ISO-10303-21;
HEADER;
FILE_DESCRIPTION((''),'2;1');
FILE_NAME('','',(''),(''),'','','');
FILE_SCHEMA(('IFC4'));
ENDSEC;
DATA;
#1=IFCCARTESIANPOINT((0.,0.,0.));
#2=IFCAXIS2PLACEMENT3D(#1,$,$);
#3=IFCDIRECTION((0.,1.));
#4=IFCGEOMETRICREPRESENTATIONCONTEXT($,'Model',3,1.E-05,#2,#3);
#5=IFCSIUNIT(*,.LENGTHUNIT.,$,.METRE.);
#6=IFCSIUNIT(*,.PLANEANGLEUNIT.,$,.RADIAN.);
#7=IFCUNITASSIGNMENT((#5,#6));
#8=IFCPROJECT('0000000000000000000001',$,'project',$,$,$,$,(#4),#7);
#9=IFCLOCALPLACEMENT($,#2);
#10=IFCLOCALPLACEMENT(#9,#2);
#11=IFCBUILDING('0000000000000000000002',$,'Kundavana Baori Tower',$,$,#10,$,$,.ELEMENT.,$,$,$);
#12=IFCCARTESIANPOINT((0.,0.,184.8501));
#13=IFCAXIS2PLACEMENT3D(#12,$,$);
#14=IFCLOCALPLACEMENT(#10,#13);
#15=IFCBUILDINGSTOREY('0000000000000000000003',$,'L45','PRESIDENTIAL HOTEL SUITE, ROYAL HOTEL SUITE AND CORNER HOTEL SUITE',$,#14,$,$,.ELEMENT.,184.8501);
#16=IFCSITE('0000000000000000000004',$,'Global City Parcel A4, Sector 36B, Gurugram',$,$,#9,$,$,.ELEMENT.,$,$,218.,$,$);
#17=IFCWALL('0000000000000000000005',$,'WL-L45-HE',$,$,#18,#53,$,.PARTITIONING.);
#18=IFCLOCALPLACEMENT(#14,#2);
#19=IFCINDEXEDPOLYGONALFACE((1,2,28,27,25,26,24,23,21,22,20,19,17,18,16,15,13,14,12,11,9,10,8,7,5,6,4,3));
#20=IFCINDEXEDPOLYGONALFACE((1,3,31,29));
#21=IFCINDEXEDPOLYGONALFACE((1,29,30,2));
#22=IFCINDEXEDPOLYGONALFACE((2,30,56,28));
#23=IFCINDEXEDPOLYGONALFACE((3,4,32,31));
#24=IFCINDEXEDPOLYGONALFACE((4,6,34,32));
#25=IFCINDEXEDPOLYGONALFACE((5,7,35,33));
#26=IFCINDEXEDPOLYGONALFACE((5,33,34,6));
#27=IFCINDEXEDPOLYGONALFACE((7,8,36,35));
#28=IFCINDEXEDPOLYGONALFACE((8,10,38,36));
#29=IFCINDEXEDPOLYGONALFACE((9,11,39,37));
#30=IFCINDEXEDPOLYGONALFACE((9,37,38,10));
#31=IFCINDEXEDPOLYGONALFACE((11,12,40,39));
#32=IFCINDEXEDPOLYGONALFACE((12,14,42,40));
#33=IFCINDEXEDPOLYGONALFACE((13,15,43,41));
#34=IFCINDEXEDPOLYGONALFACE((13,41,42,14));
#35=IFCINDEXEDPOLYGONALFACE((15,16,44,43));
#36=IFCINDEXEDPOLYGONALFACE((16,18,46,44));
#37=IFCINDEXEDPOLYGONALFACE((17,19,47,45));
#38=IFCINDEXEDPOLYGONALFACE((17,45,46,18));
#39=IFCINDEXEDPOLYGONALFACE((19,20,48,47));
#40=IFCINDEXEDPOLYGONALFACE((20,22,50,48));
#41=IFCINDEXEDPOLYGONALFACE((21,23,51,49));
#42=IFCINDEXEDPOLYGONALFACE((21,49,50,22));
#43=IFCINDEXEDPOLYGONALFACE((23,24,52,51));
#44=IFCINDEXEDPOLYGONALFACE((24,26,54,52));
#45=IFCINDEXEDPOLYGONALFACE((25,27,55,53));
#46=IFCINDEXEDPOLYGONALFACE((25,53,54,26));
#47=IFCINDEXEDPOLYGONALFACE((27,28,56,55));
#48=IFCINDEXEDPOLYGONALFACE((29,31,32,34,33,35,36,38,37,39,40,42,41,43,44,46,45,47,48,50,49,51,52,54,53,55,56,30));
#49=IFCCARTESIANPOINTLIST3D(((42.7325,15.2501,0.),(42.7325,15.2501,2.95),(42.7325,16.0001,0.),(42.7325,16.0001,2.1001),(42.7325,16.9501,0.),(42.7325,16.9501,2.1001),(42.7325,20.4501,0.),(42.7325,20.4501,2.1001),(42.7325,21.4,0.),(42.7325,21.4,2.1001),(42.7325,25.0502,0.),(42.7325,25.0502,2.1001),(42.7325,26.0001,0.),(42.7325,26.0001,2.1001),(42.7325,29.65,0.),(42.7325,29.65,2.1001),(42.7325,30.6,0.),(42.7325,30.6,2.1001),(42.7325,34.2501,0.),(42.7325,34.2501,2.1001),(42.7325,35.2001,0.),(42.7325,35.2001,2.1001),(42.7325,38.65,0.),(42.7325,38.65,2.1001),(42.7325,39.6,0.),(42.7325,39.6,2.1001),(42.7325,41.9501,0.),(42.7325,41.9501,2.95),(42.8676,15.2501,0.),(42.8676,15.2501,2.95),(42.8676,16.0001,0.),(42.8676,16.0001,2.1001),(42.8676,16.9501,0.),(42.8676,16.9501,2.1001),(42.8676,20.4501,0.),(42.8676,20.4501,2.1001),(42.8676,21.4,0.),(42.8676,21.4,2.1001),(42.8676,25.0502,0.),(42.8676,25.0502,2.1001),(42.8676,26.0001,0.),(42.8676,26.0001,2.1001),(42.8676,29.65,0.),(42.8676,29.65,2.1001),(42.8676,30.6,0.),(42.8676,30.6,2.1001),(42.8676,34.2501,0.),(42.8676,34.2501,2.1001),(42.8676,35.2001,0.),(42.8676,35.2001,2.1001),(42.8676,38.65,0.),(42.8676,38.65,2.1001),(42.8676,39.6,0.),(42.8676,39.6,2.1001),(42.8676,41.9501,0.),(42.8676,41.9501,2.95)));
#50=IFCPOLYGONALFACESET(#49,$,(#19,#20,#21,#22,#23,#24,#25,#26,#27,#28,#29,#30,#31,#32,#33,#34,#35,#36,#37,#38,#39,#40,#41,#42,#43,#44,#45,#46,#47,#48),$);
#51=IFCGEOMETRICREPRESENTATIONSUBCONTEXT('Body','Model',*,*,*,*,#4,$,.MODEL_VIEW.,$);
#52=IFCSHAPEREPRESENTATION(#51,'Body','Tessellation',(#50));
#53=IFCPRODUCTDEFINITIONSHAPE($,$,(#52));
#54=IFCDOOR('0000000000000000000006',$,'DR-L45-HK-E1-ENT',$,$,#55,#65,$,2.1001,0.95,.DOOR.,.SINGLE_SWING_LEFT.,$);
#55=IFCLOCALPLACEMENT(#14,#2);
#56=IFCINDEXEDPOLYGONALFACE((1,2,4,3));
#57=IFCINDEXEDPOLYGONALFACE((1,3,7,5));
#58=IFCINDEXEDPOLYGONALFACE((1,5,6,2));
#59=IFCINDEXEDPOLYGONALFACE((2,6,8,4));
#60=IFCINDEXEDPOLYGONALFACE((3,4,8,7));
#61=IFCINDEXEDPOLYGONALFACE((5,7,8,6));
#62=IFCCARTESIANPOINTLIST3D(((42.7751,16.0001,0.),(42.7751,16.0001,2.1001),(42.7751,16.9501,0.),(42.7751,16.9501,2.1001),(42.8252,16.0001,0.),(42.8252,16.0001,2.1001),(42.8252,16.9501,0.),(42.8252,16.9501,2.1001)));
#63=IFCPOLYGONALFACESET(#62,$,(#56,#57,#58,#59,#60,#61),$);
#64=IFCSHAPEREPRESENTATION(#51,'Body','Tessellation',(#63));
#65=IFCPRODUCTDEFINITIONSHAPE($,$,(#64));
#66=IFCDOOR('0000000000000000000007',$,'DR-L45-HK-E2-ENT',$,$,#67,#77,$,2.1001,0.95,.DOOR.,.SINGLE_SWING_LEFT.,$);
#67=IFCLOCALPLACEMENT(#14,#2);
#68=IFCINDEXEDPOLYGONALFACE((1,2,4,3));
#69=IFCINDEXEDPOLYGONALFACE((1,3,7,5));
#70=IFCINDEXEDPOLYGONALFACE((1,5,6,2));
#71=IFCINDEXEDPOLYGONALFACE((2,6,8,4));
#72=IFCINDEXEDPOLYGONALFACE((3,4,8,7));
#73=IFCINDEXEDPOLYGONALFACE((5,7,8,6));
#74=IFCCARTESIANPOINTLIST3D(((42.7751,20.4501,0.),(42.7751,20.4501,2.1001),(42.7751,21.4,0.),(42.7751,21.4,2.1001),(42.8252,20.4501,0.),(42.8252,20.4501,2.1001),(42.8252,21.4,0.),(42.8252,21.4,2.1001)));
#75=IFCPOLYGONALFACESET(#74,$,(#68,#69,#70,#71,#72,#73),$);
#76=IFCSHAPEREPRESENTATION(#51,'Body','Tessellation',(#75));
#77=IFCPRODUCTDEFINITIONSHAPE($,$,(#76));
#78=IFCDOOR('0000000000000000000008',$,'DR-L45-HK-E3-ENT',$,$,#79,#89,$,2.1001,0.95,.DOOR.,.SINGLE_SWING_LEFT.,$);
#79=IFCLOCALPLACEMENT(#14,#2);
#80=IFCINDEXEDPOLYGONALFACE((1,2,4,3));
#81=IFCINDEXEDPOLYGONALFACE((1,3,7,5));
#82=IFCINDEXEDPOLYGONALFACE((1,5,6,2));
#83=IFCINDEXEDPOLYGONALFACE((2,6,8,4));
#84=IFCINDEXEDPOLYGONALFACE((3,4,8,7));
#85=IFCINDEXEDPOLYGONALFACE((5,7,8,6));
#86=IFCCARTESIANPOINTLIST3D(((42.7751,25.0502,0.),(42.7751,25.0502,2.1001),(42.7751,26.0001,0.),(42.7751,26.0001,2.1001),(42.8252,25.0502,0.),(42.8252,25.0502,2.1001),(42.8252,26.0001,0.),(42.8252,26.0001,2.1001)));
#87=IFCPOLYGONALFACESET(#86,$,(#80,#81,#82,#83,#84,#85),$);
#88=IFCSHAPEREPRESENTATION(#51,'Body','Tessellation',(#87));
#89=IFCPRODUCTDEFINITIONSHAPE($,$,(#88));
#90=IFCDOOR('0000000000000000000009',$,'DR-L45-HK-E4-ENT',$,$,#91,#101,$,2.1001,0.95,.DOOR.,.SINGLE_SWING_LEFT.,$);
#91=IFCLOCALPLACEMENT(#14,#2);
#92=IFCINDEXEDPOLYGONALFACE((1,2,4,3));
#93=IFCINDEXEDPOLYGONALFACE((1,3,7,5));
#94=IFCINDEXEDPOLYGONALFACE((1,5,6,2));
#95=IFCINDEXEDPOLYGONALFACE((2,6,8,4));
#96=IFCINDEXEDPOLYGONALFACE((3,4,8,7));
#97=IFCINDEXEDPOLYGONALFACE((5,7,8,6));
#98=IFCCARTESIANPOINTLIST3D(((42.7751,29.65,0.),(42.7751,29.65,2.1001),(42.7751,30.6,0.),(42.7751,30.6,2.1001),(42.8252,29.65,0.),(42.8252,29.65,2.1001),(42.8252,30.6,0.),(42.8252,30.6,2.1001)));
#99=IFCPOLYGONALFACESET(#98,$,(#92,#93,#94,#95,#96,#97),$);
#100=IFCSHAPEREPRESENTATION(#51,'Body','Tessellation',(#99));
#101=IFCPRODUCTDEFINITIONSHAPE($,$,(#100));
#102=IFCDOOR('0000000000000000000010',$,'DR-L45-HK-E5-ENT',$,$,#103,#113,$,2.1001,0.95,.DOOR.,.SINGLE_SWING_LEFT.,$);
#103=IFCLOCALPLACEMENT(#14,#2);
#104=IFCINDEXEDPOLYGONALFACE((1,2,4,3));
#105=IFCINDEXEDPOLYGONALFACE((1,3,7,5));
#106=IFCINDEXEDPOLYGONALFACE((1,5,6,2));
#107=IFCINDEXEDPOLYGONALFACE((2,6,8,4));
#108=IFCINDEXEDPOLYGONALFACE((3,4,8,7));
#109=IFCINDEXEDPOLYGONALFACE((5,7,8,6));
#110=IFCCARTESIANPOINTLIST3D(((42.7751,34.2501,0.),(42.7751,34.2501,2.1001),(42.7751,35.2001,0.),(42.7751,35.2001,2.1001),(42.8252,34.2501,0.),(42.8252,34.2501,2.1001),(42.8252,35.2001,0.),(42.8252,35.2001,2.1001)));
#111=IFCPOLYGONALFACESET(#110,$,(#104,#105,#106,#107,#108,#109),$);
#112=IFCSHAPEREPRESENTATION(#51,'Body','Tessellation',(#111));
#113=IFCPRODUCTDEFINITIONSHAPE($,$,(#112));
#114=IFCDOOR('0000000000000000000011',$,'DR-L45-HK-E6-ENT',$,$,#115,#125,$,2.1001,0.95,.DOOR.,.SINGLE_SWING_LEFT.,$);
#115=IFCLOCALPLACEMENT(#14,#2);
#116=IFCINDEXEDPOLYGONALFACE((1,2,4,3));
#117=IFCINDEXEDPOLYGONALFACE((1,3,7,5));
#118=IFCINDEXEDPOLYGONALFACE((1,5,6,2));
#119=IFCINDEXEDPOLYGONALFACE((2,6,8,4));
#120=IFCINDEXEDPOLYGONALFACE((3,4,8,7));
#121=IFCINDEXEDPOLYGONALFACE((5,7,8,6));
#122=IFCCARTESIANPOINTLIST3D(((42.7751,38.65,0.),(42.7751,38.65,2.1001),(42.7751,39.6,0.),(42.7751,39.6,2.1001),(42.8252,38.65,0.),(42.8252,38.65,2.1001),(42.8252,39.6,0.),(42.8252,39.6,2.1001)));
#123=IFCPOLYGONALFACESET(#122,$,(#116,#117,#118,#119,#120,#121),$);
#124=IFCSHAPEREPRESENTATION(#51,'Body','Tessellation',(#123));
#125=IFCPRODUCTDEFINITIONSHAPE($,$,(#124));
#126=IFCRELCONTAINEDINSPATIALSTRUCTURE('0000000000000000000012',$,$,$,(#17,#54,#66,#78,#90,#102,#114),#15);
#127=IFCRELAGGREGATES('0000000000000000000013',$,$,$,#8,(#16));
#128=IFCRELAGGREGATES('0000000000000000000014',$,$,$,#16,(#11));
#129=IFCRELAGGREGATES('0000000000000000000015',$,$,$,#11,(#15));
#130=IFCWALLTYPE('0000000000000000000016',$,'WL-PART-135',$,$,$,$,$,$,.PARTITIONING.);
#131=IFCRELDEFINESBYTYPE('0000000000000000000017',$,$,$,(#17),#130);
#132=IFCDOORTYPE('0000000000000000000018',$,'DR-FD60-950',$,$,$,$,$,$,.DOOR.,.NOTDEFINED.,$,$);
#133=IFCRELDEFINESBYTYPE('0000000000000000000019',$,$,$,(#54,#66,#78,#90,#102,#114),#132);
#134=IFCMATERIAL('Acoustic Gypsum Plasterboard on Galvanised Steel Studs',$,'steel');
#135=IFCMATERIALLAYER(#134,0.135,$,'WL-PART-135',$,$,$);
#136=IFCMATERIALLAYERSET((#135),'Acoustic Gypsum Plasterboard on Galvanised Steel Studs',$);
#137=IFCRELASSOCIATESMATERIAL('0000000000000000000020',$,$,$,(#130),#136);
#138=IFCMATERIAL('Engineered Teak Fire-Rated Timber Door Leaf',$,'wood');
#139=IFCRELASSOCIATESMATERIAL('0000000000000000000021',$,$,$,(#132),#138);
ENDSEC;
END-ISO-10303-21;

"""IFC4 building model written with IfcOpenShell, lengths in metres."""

from ifc_helpers import new_model, si_unit, direction, frame, frame_2d, origin, place, context, subcontext, project, spatial, rectangle, extrude, material, layer, layer_set, type_object, element, fill, save


model = new_model("IFC4")

# Units and contexts
model_context = context("Model", 3, precision=1e-05, world=origin(), true_north=direction((0.0, 1.0)))
body_context = subcontext(model_context, "Body", "Model", "MODEL_VIEW")
ifc_project = project(units=[si_unit("LENGTHUNIT", "METRE"), si_unit("PLANEANGLEUNIT", "RADIAN")], contexts=[model_context])

# Site, building, storey
site_placement = place(None, origin())
site = spatial("IfcSite", under=ifc_project, at=site_placement, Name="Global City Parcel A4, Sector 36B, Gurugram", CompositionType="ELEMENT", RefElevation=218.0)
building_placement = place(site_placement, origin())
building = spatial("IfcBuilding", under=site, at=building_placement, Name="Kundavana Baori Tower", CompositionType="ELEMENT")
storey_placement = place(building_placement, frame((0.0, 0.0, 184.8501)))
storey = spatial("IfcBuildingStorey", under=building, at=storey_placement, Name="L45", Description="PRESIDENTIAL HOTEL SUITE, ROYAL HOTEL SUITE AND CORNER HOTEL SUITE", CompositionType="ELEMENT", Elevation=184.8501)

# Wall, openings, doors
ifc_material_1 = material(Name="Acoustic Gypsum Plasterboard on Galvanised Steel Studs", Category="steel")
ifc_layer = layer(ifc_material_1, 0.135, Name="WL-PART-135")
ifc_layer_set = layer_set([ifc_layer], Name="Acoustic Gypsum Plasterboard on Galvanised Steel Studs")
wall_type = type_object("IfcWallType", Name="WL-PART-135", PredefinedType="PARTITIONING", material=ifc_layer_set)
wall_placement = place(storey_placement, frame((42.8, 15.25, 0.0), z_axis=(0.0, 0.0, 1.0), x_axis=(0.0, 1.0, 0.0)))
wall = element("IfcWall", 1, at=wall_placement, inside=storey, type_object=wall_type, Name="WL-L45-HE", PredefinedType="PARTITIONING", context=body_context, shape_type="SweptSolid", body=[
    extrude(rectangle(XDim=26.7, YDim=0.135, at=frame_2d((13.3501, 0.0))), origin(), (0.0, 0.0, 1.0), 2.95),
])
opening_1_placement = place(wall_placement, frame((0.75, 0.0, 0.0)))
opening_1 = element("IfcOpeningElement", 2, at=opening_1_placement, cuts=wall, PredefinedType="OPENING", context=body_context, shape_type="SweptSolid", body=[
    extrude(rectangle(XDim=0.95, YDim=2.1001, at=frame_2d((0.4751, 1.05))), frame((0.0, 0.0776, 0.0), z_axis=(0.0, -1.0, 0.0), x_axis=(1.0, 0.0, 0.0)), (0.0, 0.0, 1.0), 0.155),
])
opening_2_placement = place(wall_placement, frame((5.2, 0.0, 0.0)))
opening_2 = element("IfcOpeningElement", 3, at=opening_2_placement, cuts=wall, PredefinedType="OPENING", context=body_context, shape_type="SweptSolid", body=[
    extrude(rectangle(XDim=0.95, YDim=2.1001, at=frame_2d((0.4751, 1.05))), frame((0.0, 0.0776, 0.0), z_axis=(0.0, -1.0, 0.0), x_axis=(1.0, 0.0, 0.0)), (0.0, 0.0, 1.0), 0.155),
])
opening_3_placement = place(wall_placement, frame((9.8, 0.0, 0.0)))
opening_3 = element("IfcOpeningElement", 4, at=opening_3_placement, cuts=wall, PredefinedType="OPENING", context=body_context, shape_type="SweptSolid", body=[
    extrude(rectangle(XDim=0.95, YDim=2.1001, at=frame_2d((0.4751, 1.05))), frame((0.0, 0.0776, 0.0), z_axis=(0.0, -1.0, 0.0), x_axis=(1.0, 0.0, 0.0)), (0.0, 0.0, 1.0), 0.155),
])
opening_4_placement = place(wall_placement, frame((14.3999, 0.0, 0.0)))
opening_4 = element("IfcOpeningElement", 5, at=opening_4_placement, cuts=wall, PredefinedType="OPENING", context=body_context, shape_type="SweptSolid", body=[
    extrude(rectangle(XDim=0.95, YDim=2.1001, at=frame_2d((0.4751, 1.05))), frame((0.0, 0.0776, 0.0), z_axis=(0.0, -1.0, 0.0), x_axis=(1.0, 0.0, 0.0)), (0.0, 0.0, 1.0), 0.155),
])
opening_5_placement = place(wall_placement, frame((19.0, 0.0, 0.0)))
opening_5 = element("IfcOpeningElement", 6, at=opening_5_placement, cuts=wall, PredefinedType="OPENING", context=body_context, shape_type="SweptSolid", body=[
    extrude(rectangle(XDim=0.95, YDim=2.1001, at=frame_2d((0.4751, 1.05))), frame((0.0, 0.0776, 0.0), z_axis=(0.0, -1.0, 0.0), x_axis=(1.0, 0.0, 0.0)), (0.0, 0.0, 1.0), 0.155),
])
opening_6_placement = place(wall_placement, frame((23.3999, 0.0, 0.0)))
opening_6 = element("IfcOpeningElement", 7, at=opening_6_placement, cuts=wall, PredefinedType="OPENING", context=body_context, shape_type="SweptSolid", body=[
    extrude(rectangle(XDim=0.95, YDim=2.1001, at=frame_2d((0.4751, 1.05))), frame((0.0, 0.0776, 0.0), z_axis=(0.0, -1.0, 0.0), x_axis=(1.0, 0.0, 0.0)), (0.0, 0.0, 1.0), 0.155),
])
ifc_material_2 = material(Name="Engineered Teak Fire-Rated Timber Door Leaf", Category="wood")
door_type = type_object("IfcDoorType", Name="DR-FD60-950", OperationType="NOTDEFINED", PredefinedType="DOOR", material=ifc_material_2)
door_1_placement = place(opening_1_placement, origin())
door_1 = element("IfcDoor", 8, at=door_1_placement, inside=storey, type_object=door_type, Name="DR-L45-HK-E1-ENT", OperationType="SINGLE_SWING_LEFT", OverallHeight=2.1001, OverallWidth=0.95, PredefinedType="DOOR", context=body_context, shape_type="SweptSolid", body=[
    extrude(rectangle(XDim=0.95, YDim=2.1001, at=frame_2d((0.4751, 1.05))), frame((0.0, 0.0249, 0.0), z_axis=(0.0, -1.0, 0.0), x_axis=(1.0, 0.0, 0.0)), (0.0, 0.0, 1.0), 0.05),
])
fill(opening_1, door_1)
door_2_placement = place(opening_2_placement, origin())
door_2 = element("IfcDoor", 9, at=door_2_placement, inside=storey, type_object=door_type, Name="DR-L45-HK-E2-ENT", OperationType="SINGLE_SWING_LEFT", OverallHeight=2.1001, OverallWidth=0.95, PredefinedType="DOOR", context=body_context, shape_type="SweptSolid", body=[
    extrude(rectangle(XDim=0.95, YDim=2.1001, at=frame_2d((0.4751, 1.05))), frame((0.0, 0.0249, 0.0), z_axis=(0.0, -1.0, 0.0), x_axis=(1.0, 0.0, 0.0)), (0.0, 0.0, 1.0), 0.05),
])
fill(opening_2, door_2)
door_3_placement = place(opening_3_placement, origin())
door_3 = element("IfcDoor", 10, at=door_3_placement, inside=storey, type_object=door_type, Name="DR-L45-HK-E3-ENT", OperationType="SINGLE_SWING_LEFT", OverallHeight=2.1001, OverallWidth=0.95, PredefinedType="DOOR", context=body_context, shape_type="SweptSolid", body=[
    extrude(rectangle(XDim=0.95, YDim=2.1001, at=frame_2d((0.4751, 1.05))), frame((0.0, 0.0249, 0.0), z_axis=(0.0, -1.0, 0.0), x_axis=(1.0, 0.0, 0.0)), (0.0, 0.0, 1.0), 0.05),
])
fill(opening_3, door_3)
door_4_placement = place(opening_4_placement, origin())
door_4 = element("IfcDoor", 11, at=door_4_placement, inside=storey, type_object=door_type, Name="DR-L45-HK-E4-ENT", OperationType="SINGLE_SWING_LEFT", OverallHeight=2.1001, OverallWidth=0.95, PredefinedType="DOOR", context=body_context, shape_type="SweptSolid", body=[
    extrude(rectangle(XDim=0.95, YDim=2.1001, at=frame_2d((0.4751, 1.05))), frame((0.0, 0.0249, 0.0), z_axis=(0.0, -1.0, 0.0), x_axis=(1.0, 0.0, 0.0)), (0.0, 0.0, 1.0), 0.05),
])
fill(opening_4, door_4)
door_5_placement = place(opening_5_placement, origin())
door_5 = element("IfcDoor", 12, at=door_5_placement, inside=storey, type_object=door_type, Name="DR-L45-HK-E5-ENT", OperationType="SINGLE_SWING_LEFT", OverallHeight=2.1001, OverallWidth=0.95, PredefinedType="DOOR", context=body_context, shape_type="SweptSolid", body=[
    extrude(rectangle(XDim=0.95, YDim=2.1001, at=frame_2d((0.4751, 1.05))), frame((0.0, 0.0249, 0.0), z_axis=(0.0, -1.0, 0.0), x_axis=(1.0, 0.0, 0.0)), (0.0, 0.0, 1.0), 0.05),
])
fill(opening_5, door_5)
door_6_placement = place(opening_6_placement, origin())
door_6 = element("IfcDoor", 13, at=door_6_placement, inside=storey, type_object=door_type, Name="DR-L45-HK-E6-ENT", OperationType="SINGLE_SWING_LEFT", OverallHeight=2.1001, OverallWidth=0.95, PredefinedType="DOOR", context=body_context, shape_type="SweptSolid", body=[
    extrude(rectangle(XDim=0.95, YDim=2.1001, at=frame_2d((0.4751, 1.05))), frame((0.0, 0.0249, 0.0), z_axis=(0.0, -1.0, 0.0), x_axis=(1.0, 0.0, 0.0)), (0.0, 0.0, 1.0), 0.05),
])
fill(opening_6, door_6)

save(model, "model.ifc")
